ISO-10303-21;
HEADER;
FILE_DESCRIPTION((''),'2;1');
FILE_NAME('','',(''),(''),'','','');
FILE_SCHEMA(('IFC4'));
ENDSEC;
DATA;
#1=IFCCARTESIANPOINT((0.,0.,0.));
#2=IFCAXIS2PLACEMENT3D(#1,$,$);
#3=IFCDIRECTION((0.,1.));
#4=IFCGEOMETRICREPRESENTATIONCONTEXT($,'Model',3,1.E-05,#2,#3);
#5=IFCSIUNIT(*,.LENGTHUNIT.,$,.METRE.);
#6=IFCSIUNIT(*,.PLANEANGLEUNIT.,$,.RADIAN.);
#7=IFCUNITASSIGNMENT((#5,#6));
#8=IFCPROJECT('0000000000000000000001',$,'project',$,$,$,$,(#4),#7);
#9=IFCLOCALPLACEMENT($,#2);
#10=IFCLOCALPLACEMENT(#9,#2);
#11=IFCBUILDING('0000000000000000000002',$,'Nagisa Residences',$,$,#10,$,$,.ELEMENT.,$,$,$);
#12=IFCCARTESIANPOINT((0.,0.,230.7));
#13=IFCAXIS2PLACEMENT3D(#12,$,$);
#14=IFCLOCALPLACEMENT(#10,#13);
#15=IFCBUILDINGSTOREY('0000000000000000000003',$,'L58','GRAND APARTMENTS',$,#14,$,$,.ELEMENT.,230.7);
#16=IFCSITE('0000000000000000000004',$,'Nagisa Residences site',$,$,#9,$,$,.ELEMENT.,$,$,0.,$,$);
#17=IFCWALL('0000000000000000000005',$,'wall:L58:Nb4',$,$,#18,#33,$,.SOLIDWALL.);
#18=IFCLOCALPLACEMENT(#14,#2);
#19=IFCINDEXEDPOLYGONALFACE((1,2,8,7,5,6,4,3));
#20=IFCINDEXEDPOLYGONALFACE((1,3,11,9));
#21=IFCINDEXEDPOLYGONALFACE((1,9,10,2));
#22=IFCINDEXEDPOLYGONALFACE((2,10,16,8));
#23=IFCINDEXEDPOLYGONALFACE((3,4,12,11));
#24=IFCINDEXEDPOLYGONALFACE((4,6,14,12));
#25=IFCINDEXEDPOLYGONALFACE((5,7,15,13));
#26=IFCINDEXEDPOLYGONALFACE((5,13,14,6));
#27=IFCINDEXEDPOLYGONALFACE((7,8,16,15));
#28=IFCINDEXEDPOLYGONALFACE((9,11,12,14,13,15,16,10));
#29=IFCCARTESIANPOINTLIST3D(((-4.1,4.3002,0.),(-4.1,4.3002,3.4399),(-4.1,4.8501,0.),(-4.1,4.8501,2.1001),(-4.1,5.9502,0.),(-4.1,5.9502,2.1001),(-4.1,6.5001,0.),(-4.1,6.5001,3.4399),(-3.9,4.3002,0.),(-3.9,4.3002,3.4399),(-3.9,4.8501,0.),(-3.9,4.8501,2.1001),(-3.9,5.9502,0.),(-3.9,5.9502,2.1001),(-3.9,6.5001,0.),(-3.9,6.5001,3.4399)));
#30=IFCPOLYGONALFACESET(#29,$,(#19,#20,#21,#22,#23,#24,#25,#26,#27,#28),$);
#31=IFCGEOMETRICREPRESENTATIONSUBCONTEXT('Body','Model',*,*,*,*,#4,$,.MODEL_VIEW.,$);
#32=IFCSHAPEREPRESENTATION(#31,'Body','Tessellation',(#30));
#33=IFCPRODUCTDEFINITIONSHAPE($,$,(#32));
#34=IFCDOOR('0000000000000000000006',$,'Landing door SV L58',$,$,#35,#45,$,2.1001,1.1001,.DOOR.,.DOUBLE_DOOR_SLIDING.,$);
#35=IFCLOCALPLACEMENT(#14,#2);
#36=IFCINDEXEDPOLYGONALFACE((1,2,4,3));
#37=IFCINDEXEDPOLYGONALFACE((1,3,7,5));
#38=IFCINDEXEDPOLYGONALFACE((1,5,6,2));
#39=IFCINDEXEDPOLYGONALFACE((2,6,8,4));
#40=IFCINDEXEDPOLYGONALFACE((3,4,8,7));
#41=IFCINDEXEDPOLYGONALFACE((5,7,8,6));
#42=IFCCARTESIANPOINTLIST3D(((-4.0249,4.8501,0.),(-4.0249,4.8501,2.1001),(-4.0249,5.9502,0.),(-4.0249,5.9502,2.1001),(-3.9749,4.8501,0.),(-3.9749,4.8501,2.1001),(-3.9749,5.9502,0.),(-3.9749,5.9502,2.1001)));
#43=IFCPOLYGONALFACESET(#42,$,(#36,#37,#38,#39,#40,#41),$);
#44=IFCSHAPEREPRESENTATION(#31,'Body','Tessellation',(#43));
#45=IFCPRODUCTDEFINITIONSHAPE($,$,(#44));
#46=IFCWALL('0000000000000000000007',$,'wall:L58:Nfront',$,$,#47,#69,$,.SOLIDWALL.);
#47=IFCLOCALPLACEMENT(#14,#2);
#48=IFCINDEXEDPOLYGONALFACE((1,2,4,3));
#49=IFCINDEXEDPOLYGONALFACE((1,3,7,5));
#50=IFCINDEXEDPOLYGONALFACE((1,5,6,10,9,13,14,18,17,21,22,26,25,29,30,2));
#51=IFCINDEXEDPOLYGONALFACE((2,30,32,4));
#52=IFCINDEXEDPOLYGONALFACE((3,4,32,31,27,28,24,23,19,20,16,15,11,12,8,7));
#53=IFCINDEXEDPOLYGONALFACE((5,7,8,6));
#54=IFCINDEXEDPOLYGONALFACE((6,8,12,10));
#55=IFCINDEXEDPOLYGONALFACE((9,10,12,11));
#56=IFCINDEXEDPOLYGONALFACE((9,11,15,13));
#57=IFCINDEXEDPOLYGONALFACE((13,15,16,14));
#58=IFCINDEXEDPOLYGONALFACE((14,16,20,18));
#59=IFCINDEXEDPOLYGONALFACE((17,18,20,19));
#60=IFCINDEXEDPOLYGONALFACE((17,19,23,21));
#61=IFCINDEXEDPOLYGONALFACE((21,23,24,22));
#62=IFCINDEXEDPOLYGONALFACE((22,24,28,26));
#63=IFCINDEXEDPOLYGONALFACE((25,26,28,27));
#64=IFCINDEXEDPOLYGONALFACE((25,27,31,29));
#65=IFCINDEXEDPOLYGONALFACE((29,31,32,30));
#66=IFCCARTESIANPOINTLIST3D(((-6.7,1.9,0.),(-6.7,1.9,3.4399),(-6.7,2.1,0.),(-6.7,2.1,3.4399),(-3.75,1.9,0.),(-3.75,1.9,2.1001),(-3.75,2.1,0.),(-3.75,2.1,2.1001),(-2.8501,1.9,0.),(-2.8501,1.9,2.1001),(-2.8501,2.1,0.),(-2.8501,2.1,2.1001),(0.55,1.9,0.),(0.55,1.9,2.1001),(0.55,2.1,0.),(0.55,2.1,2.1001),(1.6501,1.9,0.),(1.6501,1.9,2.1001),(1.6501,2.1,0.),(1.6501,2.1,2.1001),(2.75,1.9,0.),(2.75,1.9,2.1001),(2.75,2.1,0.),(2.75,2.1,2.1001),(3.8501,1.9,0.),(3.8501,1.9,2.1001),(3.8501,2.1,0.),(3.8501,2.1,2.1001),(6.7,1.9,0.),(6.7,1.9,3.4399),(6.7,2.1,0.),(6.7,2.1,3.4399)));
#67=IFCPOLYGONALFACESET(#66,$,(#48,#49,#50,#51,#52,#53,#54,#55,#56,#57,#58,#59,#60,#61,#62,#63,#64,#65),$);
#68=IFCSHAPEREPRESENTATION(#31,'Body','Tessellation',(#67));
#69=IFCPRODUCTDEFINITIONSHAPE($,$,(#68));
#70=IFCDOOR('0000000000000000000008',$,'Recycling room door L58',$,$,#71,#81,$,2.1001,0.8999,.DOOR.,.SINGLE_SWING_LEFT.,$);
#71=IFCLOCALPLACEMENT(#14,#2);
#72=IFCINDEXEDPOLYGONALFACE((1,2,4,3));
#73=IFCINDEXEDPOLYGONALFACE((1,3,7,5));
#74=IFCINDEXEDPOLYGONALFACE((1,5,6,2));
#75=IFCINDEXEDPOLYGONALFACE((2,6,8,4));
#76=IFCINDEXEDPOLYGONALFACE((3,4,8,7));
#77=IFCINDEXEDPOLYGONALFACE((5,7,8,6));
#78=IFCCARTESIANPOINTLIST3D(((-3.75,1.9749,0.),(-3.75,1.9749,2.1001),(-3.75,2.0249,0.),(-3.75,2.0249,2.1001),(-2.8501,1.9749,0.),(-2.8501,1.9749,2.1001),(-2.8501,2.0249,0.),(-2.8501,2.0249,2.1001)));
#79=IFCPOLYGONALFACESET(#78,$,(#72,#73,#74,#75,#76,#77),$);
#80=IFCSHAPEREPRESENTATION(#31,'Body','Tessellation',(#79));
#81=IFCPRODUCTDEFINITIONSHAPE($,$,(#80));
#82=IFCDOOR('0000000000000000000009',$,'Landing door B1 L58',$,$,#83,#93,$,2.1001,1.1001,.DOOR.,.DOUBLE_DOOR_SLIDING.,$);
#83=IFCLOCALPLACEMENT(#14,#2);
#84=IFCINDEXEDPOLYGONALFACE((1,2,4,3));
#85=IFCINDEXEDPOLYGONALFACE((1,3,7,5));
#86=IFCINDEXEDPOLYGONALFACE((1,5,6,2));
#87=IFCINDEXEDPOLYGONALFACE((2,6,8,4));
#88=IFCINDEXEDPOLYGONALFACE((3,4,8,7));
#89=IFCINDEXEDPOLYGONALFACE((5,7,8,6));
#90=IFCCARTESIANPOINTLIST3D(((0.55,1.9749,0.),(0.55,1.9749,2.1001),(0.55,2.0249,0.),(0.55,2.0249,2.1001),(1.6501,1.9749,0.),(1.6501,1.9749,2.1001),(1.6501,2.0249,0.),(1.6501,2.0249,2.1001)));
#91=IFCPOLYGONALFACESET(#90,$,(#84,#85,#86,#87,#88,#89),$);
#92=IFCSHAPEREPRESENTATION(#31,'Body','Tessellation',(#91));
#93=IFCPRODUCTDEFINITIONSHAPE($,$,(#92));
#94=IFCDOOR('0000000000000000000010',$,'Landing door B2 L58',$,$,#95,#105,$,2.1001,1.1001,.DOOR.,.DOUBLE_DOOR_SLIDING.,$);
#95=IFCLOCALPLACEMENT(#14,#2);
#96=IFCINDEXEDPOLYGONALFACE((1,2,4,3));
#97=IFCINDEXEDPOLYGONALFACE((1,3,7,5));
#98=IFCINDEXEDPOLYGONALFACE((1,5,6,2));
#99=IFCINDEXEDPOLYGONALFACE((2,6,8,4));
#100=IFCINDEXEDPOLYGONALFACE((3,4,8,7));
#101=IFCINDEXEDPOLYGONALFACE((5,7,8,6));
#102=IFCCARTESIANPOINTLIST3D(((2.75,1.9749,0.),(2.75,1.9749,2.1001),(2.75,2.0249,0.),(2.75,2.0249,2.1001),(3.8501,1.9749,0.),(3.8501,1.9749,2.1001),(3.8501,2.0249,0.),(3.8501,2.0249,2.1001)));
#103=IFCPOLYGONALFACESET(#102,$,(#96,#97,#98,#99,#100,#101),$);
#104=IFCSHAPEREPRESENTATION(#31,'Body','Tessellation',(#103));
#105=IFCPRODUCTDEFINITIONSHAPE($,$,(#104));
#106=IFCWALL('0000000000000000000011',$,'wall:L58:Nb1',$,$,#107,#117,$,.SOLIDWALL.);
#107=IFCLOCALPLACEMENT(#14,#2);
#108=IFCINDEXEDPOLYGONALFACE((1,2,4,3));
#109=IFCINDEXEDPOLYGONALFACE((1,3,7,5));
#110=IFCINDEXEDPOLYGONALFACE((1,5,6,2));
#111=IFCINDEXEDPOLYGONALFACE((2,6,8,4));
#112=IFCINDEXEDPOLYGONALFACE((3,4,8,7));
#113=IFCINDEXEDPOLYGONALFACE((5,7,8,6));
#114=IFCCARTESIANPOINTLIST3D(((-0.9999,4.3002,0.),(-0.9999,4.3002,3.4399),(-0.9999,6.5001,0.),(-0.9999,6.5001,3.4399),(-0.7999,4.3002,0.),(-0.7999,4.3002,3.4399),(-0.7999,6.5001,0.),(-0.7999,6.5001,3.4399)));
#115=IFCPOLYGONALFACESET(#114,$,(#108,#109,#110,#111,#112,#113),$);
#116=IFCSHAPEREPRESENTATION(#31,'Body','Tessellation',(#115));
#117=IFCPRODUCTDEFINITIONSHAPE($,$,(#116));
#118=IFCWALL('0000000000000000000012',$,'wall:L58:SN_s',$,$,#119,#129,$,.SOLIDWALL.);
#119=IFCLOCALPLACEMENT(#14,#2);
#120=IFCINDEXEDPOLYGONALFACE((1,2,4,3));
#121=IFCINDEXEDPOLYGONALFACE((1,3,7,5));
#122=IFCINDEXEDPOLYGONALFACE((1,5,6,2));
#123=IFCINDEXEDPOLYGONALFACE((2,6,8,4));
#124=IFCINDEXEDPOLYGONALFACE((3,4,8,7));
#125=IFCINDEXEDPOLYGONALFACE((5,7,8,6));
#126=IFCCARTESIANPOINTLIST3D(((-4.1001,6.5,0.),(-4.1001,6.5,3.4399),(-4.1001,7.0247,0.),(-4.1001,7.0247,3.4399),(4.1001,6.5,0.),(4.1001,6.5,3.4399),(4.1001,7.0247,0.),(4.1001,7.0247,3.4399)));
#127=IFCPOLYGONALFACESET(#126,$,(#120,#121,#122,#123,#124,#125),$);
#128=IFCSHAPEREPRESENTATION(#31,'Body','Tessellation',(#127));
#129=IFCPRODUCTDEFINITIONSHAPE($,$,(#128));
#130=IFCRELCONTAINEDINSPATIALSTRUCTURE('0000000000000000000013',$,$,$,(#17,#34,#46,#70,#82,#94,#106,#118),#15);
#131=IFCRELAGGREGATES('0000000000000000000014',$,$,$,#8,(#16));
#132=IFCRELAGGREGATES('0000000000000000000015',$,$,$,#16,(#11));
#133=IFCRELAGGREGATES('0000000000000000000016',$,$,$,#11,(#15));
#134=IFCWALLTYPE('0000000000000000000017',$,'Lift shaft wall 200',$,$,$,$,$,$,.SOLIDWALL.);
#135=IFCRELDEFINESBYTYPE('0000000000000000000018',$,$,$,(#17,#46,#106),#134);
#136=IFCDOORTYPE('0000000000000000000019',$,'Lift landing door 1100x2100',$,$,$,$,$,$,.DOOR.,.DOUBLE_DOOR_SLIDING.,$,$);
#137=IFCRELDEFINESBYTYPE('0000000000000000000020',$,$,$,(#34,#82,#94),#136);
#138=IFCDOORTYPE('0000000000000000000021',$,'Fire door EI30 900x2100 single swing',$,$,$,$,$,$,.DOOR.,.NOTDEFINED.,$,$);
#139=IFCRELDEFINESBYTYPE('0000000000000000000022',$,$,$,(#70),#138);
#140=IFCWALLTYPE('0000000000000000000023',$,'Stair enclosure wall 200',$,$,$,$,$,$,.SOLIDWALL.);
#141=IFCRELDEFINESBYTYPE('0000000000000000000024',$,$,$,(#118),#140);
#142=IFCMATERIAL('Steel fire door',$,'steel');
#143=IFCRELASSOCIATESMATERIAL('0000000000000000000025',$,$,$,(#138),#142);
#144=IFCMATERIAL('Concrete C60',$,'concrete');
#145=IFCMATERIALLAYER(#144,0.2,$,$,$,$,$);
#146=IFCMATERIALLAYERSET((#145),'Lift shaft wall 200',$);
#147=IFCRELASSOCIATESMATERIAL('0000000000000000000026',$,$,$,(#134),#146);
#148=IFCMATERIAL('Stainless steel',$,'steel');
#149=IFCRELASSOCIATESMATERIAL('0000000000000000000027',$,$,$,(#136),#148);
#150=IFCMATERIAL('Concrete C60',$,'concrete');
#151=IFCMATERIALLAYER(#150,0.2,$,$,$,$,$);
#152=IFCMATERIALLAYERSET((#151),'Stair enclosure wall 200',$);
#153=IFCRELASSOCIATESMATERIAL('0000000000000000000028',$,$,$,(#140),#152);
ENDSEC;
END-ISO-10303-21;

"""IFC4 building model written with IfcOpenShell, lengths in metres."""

from ifc_helpers import new_model, si_unit, direction, frame, frame_2d, origin, place, context, subcontext, project, spatial, polyline, rectangle, outline, extrude, material, layer, layer_set, type_object, element, fill, save


model = new_model("IFC4")

# Units and contexts
model_context = context("Model", 3, precision=1e-05, world=origin(), true_north=direction((0.0, 1.0)))
body_context = subcontext(model_context, "Body", "Model", "MODEL_VIEW")
ifc_project = project(units=[si_unit("LENGTHUNIT", "METRE"), si_unit("PLANEANGLEUNIT", "RADIAN")], contexts=[model_context])

# Site, building, storey
site_placement = place(None, origin())
site = spatial("IfcSite", under=ifc_project, at=site_placement, Name="Nagisa Residences site", CompositionType="ELEMENT", RefElevation=0.0)
building_placement = place(site_placement, origin())
building = spatial("IfcBuilding", under=site, at=building_placement, Name="Nagisa Residences", CompositionType="ELEMENT")
storey_placement = place(building_placement, frame((0.0, 0.0, 230.7)))
storey = spatial("IfcBuildingStorey", under=building, at=storey_placement, Name="L58", Description="GRAND APARTMENTS", CompositionType="ELEMENT", Elevation=230.7)

# Shared definitions
ifc_material_1 = material(Name="Steel fire door", Category="steel")
door_type_1 = type_object("IfcDoorType", Name="Fire door EI30 900x2100 single swing", OperationType="NOTDEFINED", PredefinedType="DOOR", material=ifc_material_1)

# Wall, opening, door
ifc_material_2 = material(Name="Concrete C60", Category="concrete")
ifc_layer_1 = layer(ifc_material_2, 0.2)
ifc_layer_set_1 = layer_set([ifc_layer_1], Name="Lift shaft wall 200")
wall_type_1 = type_object("IfcWallType", Name="Lift shaft wall 200", PredefinedType="SOLIDWALL", material=ifc_layer_set_1)
wall_1_placement = place(storey_placement, frame((-4.0, 4.3, 0.0), z_axis=(0.0, 0.0, 1.0), x_axis=(0.0, 1.0, 0.0)))
wall_1 = element("IfcWall", 1, at=wall_1_placement, inside=storey, type_object=wall_type_1, Name="wall:L58:Nb4", PredefinedType="SOLIDWALL", context=body_context, shape_type="SweptSolid", body=[
    extrude(rectangle(XDim=2.2, YDim=0.2, at=frame_2d((1.1001, 0.0))), origin(), (0.0, 0.0, 1.0), 3.4399),
])
opening_1_placement = place(wall_1_placement, frame((0.55, 0.0, 0.0)))
opening_1 = element("IfcOpeningElement", 2, at=opening_1_placement, cuts=wall_1, PredefinedType="OPENING", context=body_context, shape_type="SweptSolid", body=[
    extrude(rectangle(XDim=1.1001, YDim=2.1001, at=frame_2d((0.55, 1.05))), frame((0.0, 0.1099, 0.0), z_axis=(0.0, -1.0, 0.0), x_axis=(1.0, 0.0, 0.0)), (0.0, 0.0, 1.0), 0.22),
])
ifc_material_3 = material(Name="Stainless steel", Category="steel")
door_type_2 = type_object("IfcDoorType", Name="Lift landing door 1100x2100", OperationType="DOUBLE_DOOR_SLIDING", PredefinedType="DOOR", material=ifc_material_3)
door_1_placement = place(opening_1_placement, origin())
door_1 = element("IfcDoor", 3, at=door_1_placement, inside=storey, type_object=door_type_2, Name="Landing door SV L58", OperationType="DOUBLE_DOOR_SLIDING", OverallHeight=2.1001, OverallWidth=1.1001, PredefinedType="DOOR", context=body_context, shape_type="SweptSolid", body=[
    extrude(rectangle(XDim=1.1001, YDim=2.1001, at=frame_2d((0.55, 1.05))), frame((0.0, 0.0249, 0.0), z_axis=(0.0, -1.0, 0.0), x_axis=(1.0, 0.0, 0.0)), (0.0, 0.0, 1.0), 0.05),
])
fill(opening_1, door_1)

# Wall, openings, doors
wall_2_placement = place(storey_placement, frame((-6.7, 2.0, 0.0), z_axis=(0.0, 0.0, 1.0), x_axis=(1.0, 0.0, 0.0)))
wall_2 = element("IfcWall", 4, at=wall_2_placement, inside=storey, type_object=wall_type_1, Name="wall:L58:Nfront", PredefinedType="SOLIDWALL", context=body_context, shape_type="SweptSolid", body=[
    extrude(rectangle(XDim=13.3999, YDim=0.2, at=frame_2d((6.7, 0.0))), origin(), (0.0, 0.0, 1.0), 3.4399),
])
opening_2_placement = place(wall_2_placement, frame((7.25, 0.0, 0.0)))
opening_2 = element("IfcOpeningElement", 5, at=opening_2_placement, cuts=wall_2, PredefinedType="OPENING", context=body_context, shape_type="SweptSolid", body=[
    extrude(rectangle(XDim=1.1001, YDim=2.1001, at=frame_2d((0.55, 1.05))), frame((0.0, 0.1099, 0.0), z_axis=(0.0, -1.0, 0.0), x_axis=(1.0, 0.0, 0.0)), (0.0, 0.0, 1.0), 0.22),
])
opening_3_placement = place(wall_2_placement, frame((9.45, 0.0, 0.0)))
opening_3 = element("IfcOpeningElement", 6, at=opening_3_placement, cuts=wall_2, PredefinedType="OPENING", context=body_context, shape_type="SweptSolid", body=[
    extrude(rectangle(XDim=1.1001, YDim=2.1001, at=frame_2d((0.55, 1.05))), frame((0.0, 0.1099, 0.0), z_axis=(0.0, -1.0, 0.0), x_axis=(1.0, 0.0, 0.0)), (0.0, 0.0, 1.0), 0.22),
])
opening_4_placement = place(wall_2_placement, frame((2.95, 0.0, 0.0)))
opening_4 = element("IfcOpeningElement", 7, at=opening_4_placement, cuts=wall_2, PredefinedType="OPENING", context=body_context, shape_type="SweptSolid", body=[
    extrude(rectangle(XDim=0.8999, YDim=2.1001, at=frame_2d((0.45, 1.05))), frame((0.0, 0.1099, 0.0), z_axis=(0.0, -1.0, 0.0), x_axis=(1.0, 0.0, 0.0)), (0.0, 0.0, 1.0), 0.22),
])
door_2_placement = place(opening_4_placement, origin())
door_2 = element("IfcDoor", 8, at=door_2_placement, inside=storey, type_object=door_type_1, Name="Recycling room door L58", OperationType="SINGLE_SWING_LEFT", OverallHeight=2.1001, OverallWidth=0.8999, PredefinedType="DOOR", context=body_context, shape_type="SweptSolid", body=[
    extrude(rectangle(XDim=0.8999, YDim=2.1001, at=frame_2d((0.45, 1.05))), frame((0.0, 0.0249, 0.0), z_axis=(0.0, -1.0, 0.0), x_axis=(1.0, 0.0, 0.0)), (0.0, 0.0, 1.0), 0.05),
])
fill(opening_4, door_2)
door_3_placement = place(opening_2_placement, origin())
door_3 = element("IfcDoor", 9, at=door_3_placement, inside=storey, type_object=door_type_2, Name="Landing door B1 L58", OperationType="DOUBLE_DOOR_SLIDING", OverallHeight=2.1001, OverallWidth=1.1001, PredefinedType="DOOR", context=body_context, shape_type="SweptSolid", body=[
    extrude(rectangle(XDim=1.1001, YDim=2.1001, at=frame_2d((0.55, 1.05))), frame((0.0, 0.0249, 0.0), z_axis=(0.0, -1.0, 0.0), x_axis=(1.0, 0.0, 0.0)), (0.0, 0.0, 1.0), 0.05),
])
fill(opening_2, door_3)
door_4_placement = place(opening_3_placement, origin())
door_4 = element("IfcDoor", 10, at=door_4_placement, inside=storey, type_object=door_type_2, Name="Landing door B2 L58", OperationType="DOUBLE_DOOR_SLIDING", OverallHeight=2.1001, OverallWidth=1.1001, PredefinedType="DOOR", context=body_context, shape_type="SweptSolid", body=[
    extrude(rectangle(XDim=1.1001, YDim=2.1001, at=frame_2d((0.55, 1.05))), frame((0.0, 0.0249, 0.0), z_axis=(0.0, -1.0, 0.0), x_axis=(1.0, 0.0, 0.0)), (0.0, 0.0, 1.0), 0.05),
])
fill(opening_3, door_4)

# Walls
wall_3_placement = place(storey_placement, frame((-0.8999, 4.3, 0.0), z_axis=(0.0, 0.0, 1.0), x_axis=(0.0, 1.0, 0.0)))
element("IfcWall", 11, at=wall_3_placement, inside=storey, type_object=wall_type_1, Name="wall:L58:Nb1", PredefinedType="SOLIDWALL", context=body_context, shape_type="SweptSolid", body=[
    extrude(rectangle(XDim=2.2, YDim=0.2, at=frame_2d((1.1001, 0.0))), origin(), (0.0, 0.0, 1.0), 3.4399),
])
ifc_material_4 = material(Name="Concrete C60", Category="concrete")
ifc_layer_2 = layer(ifc_material_4, 0.2)
ifc_layer_set_2 = layer_set([ifc_layer_2], Name="Stair enclosure wall 200")
wall_type_2 = type_object("IfcWallType", Name="Stair enclosure wall 200", PredefinedType="SOLIDWALL", material=ifc_layer_set_2)
wall_4_placement = place(storey_placement, origin())
element("IfcWall", 12, at=wall_4_placement, inside=storey, type_object=wall_type_2, Name="wall:L58:SN_s", PredefinedType="SOLIDWALL", context=body_context, shape_type="SweptSolid", body=[
    extrude(outline(polyline([(4.1001, 6.5), (-4.1001, 6.5), (-4.1001, 7.0247), (4.1001, 7.0247), (4.1001, 6.5)])), origin(), (0.0, 0.0, 1.0), 3.4399),
])

save(model, "model.ifc")
